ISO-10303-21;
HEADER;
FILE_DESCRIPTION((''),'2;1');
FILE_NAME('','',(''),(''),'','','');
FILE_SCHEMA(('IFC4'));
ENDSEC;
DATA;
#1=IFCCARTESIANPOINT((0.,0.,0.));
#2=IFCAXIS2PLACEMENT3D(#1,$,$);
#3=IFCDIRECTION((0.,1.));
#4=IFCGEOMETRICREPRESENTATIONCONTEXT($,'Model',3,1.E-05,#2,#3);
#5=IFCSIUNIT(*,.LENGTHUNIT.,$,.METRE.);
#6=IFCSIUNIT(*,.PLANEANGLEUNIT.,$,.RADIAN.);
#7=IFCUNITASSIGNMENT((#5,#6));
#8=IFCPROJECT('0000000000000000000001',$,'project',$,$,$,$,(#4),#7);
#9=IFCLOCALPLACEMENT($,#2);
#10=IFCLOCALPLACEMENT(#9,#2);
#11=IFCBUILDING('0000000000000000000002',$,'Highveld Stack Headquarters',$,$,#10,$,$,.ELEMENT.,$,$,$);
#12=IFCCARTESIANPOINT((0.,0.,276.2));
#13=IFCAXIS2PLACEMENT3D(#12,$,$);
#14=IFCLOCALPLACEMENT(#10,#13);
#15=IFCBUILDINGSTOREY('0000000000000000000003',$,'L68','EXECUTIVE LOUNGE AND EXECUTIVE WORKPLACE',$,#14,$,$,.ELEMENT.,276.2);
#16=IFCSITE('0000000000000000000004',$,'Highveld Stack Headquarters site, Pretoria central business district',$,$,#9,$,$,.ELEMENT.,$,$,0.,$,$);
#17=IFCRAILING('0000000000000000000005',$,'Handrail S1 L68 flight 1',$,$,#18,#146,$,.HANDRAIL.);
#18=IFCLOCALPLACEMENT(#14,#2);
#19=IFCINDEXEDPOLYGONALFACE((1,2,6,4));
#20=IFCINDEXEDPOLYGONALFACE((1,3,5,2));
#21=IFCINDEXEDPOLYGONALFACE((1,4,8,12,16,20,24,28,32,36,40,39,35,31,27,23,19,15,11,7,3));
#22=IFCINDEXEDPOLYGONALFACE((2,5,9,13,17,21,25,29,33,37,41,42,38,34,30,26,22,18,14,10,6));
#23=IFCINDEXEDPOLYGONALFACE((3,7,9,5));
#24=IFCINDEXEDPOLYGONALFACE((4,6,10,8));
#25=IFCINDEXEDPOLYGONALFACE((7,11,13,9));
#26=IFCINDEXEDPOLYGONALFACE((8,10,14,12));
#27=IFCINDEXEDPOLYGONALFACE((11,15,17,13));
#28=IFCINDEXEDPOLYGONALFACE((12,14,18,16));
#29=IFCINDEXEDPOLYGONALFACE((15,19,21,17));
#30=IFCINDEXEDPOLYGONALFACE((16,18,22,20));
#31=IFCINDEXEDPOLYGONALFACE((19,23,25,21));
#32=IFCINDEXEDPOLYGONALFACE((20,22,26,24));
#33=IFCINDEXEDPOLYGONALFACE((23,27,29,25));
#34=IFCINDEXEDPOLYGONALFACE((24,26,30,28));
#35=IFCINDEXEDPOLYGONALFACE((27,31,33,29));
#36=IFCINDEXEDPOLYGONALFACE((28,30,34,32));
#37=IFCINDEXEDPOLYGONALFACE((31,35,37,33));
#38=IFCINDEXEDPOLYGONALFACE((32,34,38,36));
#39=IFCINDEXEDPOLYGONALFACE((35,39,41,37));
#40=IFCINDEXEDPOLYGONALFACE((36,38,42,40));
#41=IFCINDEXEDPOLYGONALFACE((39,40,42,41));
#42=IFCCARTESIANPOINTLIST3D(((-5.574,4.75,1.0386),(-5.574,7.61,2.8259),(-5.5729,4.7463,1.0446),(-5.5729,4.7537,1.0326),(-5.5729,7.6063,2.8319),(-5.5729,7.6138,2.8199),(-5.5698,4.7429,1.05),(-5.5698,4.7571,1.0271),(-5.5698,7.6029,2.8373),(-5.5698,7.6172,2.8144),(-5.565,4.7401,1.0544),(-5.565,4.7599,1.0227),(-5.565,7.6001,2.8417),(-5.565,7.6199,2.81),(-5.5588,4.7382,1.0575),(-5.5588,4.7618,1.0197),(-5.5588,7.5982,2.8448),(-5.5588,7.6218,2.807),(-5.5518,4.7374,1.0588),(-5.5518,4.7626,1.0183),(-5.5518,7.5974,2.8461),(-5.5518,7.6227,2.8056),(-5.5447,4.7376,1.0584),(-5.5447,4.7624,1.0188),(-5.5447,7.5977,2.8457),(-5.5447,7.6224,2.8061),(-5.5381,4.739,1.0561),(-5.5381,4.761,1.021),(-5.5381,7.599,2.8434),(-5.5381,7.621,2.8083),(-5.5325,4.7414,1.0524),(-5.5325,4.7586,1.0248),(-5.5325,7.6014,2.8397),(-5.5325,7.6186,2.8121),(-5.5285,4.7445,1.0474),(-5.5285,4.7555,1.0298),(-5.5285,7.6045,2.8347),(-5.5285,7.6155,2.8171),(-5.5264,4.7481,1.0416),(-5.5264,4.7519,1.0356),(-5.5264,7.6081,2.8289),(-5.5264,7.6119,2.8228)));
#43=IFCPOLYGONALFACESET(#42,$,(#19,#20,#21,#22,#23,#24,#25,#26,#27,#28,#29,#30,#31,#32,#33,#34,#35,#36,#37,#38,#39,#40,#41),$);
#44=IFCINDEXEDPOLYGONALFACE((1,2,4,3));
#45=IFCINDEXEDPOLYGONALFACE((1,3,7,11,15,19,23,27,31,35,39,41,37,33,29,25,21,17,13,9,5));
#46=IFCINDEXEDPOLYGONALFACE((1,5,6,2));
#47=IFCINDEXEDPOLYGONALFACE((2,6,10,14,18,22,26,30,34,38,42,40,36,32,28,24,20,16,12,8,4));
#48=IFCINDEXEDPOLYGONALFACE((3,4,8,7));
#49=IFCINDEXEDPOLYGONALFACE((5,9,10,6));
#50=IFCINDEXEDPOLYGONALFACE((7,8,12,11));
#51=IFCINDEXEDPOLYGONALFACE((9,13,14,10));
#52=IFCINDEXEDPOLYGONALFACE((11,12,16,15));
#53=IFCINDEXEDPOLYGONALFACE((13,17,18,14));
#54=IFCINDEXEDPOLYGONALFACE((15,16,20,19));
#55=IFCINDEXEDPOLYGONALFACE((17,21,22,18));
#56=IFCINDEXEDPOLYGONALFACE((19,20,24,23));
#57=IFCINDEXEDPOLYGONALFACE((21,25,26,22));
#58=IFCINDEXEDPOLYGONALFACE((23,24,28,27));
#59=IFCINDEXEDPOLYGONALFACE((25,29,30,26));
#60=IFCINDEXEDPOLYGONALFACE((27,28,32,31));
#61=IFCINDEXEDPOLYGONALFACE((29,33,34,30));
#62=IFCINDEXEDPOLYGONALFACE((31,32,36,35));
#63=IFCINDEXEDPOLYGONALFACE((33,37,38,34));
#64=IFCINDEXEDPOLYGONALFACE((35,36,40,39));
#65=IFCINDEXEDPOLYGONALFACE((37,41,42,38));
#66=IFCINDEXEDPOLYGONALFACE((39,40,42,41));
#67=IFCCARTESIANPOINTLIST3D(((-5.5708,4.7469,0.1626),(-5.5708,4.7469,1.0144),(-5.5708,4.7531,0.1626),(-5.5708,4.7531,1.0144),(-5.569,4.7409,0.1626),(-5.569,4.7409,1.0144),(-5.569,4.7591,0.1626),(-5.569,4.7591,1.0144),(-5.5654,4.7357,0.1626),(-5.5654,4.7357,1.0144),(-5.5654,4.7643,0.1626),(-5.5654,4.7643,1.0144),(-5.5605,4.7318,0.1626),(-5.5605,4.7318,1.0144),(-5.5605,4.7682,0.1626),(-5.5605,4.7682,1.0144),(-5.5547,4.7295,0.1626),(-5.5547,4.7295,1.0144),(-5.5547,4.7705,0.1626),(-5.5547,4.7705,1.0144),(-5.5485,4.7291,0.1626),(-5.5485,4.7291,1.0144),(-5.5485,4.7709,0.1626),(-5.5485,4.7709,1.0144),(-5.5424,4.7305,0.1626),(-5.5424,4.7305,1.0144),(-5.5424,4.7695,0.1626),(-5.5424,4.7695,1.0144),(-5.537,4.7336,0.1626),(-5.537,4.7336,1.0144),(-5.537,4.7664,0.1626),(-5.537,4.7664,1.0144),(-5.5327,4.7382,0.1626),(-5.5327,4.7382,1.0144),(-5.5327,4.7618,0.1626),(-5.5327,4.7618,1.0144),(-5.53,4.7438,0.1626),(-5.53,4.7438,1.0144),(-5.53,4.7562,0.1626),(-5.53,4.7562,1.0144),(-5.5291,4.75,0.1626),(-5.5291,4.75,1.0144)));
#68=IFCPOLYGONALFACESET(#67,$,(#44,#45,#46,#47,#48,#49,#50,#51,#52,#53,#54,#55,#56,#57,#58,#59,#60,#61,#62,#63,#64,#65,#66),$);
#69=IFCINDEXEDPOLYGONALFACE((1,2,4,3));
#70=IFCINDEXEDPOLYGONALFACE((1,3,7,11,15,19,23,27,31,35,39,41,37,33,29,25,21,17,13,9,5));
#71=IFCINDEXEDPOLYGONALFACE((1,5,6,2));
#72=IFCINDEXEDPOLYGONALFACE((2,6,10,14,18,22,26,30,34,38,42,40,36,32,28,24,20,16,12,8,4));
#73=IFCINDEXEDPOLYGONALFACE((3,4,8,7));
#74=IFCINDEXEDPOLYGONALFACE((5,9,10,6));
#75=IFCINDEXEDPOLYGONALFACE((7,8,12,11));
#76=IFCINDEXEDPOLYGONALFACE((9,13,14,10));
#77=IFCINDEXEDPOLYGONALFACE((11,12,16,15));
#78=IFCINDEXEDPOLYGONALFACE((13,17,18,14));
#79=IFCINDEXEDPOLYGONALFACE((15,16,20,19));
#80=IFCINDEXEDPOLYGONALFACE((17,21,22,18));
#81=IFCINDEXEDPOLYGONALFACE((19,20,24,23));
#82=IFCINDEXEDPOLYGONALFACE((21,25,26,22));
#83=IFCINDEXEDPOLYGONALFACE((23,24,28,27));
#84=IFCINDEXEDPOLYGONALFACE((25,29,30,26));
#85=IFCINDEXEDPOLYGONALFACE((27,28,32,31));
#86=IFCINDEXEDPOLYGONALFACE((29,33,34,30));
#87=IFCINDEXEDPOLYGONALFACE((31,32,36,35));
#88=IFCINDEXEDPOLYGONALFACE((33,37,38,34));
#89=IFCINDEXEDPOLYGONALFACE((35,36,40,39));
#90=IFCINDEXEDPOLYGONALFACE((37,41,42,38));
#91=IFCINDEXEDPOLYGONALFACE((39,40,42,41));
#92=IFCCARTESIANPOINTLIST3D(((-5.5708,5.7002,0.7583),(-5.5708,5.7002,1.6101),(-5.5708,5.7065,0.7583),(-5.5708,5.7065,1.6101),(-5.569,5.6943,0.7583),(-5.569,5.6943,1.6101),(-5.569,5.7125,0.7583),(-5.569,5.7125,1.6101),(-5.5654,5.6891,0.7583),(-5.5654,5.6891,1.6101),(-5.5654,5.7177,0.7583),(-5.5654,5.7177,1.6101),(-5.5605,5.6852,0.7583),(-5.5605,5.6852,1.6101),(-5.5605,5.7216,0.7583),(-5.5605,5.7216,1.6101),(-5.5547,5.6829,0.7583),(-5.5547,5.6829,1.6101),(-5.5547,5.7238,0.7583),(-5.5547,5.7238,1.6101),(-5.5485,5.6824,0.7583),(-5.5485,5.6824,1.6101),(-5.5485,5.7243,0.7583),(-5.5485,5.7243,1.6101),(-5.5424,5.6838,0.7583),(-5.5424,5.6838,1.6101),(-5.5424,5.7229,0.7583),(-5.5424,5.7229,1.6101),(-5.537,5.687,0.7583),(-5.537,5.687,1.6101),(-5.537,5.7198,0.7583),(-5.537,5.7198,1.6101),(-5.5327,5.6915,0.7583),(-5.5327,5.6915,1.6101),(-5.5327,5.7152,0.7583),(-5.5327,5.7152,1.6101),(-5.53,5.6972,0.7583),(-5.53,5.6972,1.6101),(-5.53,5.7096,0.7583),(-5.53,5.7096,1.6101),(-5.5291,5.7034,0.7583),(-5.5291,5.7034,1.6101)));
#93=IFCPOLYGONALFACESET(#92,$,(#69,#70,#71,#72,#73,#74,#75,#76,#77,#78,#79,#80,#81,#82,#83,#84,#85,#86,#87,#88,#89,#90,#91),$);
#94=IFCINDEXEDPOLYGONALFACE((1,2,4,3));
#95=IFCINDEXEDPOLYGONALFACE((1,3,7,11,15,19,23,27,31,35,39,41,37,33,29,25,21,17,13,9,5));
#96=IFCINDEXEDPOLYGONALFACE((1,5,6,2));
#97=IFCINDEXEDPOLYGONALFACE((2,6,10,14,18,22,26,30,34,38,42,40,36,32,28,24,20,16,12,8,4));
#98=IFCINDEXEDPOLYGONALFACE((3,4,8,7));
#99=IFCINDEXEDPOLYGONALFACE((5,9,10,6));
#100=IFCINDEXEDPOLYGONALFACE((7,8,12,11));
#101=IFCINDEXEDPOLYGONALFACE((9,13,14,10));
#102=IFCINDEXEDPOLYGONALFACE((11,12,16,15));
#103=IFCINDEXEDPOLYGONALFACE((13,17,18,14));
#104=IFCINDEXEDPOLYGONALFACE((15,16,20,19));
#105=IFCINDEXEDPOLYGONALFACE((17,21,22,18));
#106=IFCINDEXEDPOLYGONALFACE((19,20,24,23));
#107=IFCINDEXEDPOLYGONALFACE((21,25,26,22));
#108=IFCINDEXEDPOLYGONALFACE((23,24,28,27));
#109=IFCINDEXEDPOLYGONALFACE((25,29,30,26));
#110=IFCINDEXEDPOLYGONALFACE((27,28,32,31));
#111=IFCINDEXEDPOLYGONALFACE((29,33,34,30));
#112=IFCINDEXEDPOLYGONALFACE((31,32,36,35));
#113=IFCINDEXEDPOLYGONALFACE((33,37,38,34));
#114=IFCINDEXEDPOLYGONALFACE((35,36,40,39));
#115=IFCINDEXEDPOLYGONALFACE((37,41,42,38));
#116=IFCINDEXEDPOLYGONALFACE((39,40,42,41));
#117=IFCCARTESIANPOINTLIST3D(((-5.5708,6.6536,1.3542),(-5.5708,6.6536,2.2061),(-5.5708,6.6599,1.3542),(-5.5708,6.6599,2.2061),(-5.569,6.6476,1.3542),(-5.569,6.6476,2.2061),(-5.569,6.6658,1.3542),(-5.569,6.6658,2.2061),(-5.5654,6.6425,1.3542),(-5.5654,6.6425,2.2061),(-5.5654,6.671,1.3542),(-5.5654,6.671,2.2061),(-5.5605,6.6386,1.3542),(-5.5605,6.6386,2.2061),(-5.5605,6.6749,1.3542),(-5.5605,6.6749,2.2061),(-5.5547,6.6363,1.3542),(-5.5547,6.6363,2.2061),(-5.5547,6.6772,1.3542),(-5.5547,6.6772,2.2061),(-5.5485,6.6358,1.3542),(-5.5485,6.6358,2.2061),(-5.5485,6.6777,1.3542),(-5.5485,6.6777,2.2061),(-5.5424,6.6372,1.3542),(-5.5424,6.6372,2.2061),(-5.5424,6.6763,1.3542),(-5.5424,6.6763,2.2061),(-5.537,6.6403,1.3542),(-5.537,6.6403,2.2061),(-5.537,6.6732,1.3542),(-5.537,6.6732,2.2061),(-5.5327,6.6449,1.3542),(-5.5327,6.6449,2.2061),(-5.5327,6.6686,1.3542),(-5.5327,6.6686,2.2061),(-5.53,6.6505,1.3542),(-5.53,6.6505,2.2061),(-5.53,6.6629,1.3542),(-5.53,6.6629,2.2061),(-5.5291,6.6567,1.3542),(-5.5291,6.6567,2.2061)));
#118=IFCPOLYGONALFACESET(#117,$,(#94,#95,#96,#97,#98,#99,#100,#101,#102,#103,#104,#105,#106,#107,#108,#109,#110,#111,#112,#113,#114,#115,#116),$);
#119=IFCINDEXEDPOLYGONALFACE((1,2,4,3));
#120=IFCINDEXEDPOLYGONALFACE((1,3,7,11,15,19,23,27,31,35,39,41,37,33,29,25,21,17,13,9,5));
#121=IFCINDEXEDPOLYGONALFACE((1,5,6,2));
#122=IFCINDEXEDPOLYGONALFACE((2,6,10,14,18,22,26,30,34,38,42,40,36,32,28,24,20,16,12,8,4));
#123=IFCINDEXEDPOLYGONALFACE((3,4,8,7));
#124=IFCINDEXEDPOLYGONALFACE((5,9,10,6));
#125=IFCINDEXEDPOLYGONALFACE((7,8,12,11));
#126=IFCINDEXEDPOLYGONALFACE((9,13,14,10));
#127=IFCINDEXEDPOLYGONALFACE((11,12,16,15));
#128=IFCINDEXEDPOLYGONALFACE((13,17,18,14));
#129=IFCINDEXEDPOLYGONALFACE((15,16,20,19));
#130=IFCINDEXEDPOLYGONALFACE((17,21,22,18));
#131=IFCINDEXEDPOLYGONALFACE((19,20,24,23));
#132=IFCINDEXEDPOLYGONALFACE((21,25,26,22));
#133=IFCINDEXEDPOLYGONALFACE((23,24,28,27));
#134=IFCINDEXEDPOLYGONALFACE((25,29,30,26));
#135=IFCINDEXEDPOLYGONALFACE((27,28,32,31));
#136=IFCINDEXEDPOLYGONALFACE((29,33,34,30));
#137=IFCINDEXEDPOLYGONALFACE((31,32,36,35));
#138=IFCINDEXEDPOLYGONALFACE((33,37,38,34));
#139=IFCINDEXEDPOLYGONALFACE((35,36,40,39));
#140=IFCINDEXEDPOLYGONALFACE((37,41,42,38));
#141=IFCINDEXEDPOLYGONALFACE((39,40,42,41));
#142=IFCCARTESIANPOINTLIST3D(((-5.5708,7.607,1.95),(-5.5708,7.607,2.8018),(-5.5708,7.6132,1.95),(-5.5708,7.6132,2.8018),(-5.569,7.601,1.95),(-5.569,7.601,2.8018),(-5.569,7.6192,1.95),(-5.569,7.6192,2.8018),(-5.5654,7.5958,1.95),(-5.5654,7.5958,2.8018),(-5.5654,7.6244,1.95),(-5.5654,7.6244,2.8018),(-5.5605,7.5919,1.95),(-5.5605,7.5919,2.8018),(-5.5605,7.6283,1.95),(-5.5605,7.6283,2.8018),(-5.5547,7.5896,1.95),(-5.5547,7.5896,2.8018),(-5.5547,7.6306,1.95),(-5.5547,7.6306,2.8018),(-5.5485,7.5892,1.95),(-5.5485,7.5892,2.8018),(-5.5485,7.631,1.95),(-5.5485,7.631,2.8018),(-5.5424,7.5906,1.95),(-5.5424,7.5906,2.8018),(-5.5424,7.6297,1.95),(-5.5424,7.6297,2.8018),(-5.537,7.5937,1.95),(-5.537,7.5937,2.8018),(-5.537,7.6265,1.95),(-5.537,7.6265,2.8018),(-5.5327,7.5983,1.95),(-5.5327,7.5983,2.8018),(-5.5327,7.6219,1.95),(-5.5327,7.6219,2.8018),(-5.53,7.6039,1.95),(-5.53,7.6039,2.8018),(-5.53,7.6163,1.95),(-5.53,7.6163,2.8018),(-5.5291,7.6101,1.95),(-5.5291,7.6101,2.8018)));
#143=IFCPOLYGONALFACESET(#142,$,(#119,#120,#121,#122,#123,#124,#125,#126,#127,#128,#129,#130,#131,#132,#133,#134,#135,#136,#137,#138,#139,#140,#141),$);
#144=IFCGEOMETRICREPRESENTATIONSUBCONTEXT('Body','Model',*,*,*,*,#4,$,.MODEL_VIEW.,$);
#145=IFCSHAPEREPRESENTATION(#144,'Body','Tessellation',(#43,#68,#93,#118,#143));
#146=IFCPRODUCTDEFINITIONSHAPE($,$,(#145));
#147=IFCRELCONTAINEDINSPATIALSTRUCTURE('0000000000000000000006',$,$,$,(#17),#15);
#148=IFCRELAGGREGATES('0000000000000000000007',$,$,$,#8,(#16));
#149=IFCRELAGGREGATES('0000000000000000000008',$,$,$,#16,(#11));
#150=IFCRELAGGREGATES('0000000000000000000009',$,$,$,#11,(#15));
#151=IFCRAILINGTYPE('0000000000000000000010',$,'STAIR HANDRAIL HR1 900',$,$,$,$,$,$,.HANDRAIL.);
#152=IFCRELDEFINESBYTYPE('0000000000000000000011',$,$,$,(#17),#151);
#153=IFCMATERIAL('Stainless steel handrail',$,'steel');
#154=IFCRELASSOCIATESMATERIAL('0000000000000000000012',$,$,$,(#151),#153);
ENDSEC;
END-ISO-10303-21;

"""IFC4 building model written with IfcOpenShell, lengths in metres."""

from ifc_helpers import new_model, si_unit, direction, frame, origin, origin_2d, place, context, subcontext, project, spatial, circle, extrude, material, type_object, element, save


model = new_model("IFC4")

# Units and contexts
model_context = context("Model", 3, precision=1e-05, world=origin(), true_north=direction((0.0, 1.0)))
body_context = subcontext(model_context, "Body", "Model", "MODEL_VIEW")
ifc_project = project(units=[si_unit("LENGTHUNIT", "METRE"), si_unit("PLANEANGLEUNIT", "RADIAN")], contexts=[model_context])

# Site, building, storey
site_placement = place(None, origin())
site = spatial("IfcSite", under=ifc_project, at=site_placement, Name="Highveld Stack Headquarters site, Pretoria central business district", CompositionType="ELEMENT", RefElevation=0.0)
building_placement = place(site_placement, origin())
building = spatial("IfcBuilding", under=site, at=building_placement, Name="Highveld Stack Headquarters", CompositionType="ELEMENT")
storey_placement = place(building_placement, frame((0.0, 0.0, 276.2)))
storey = spatial("IfcBuildingStorey", under=building, at=storey_placement, Name="L68", Description="EXECUTIVE LOUNGE AND EXECUTIVE WORKPLACE", CompositionType="ELEMENT", Elevation=276.2)

# Railing
ifc_material_1 = material(Name="Stainless steel handrail", Category="steel")
railing_type = type_object("IfcRailingType", Name="STAIR HANDRAIL HR1 900", PredefinedType="HANDRAIL", material=ifc_material_1)
for number, where, name in (
    (1, (-5.55, 4.75, 0.1626), "Handrail S1 L68 flight 1"),
):
    element("IfcRailing", number, at=place(storey_placement, frame(where)), inside=storey, type_object=railing_type, Name=name, PredefinedType="HANDRAIL", context=body_context, shape_type="SweptSolid", body=[
        extrude(circle(Radius=0.0239, at=origin_2d()), frame((0.0, 0.0, 0.876), z_axis=(0.0, 0.848027, 0.529953), x_axis=(-1.0, 0.0, 0.0)), (0.0, 0.0, 1.0), 3.3726),
        extrude(circle(Radius=0.021, at=origin_2d()), origin(), (0.0, 0.0, 1.0), 0.8518),
        extrude(circle(Radius=0.021, at=origin_2d()), frame((0.0, 0.9534, 0.5957)), (0.0, 0.0, 1.0), 0.8518),
        extrude(circle(Radius=0.021, at=origin_2d()), frame((0.0, 1.9067, 1.1917)), (0.0, 0.0, 1.0), 0.8518),
        extrude(circle(Radius=0.021, at=origin_2d()), frame((0.0, 2.8601, 1.7874)), (0.0, 0.0, 1.0), 0.8518),
    ])

save(model, "model.ifc")
